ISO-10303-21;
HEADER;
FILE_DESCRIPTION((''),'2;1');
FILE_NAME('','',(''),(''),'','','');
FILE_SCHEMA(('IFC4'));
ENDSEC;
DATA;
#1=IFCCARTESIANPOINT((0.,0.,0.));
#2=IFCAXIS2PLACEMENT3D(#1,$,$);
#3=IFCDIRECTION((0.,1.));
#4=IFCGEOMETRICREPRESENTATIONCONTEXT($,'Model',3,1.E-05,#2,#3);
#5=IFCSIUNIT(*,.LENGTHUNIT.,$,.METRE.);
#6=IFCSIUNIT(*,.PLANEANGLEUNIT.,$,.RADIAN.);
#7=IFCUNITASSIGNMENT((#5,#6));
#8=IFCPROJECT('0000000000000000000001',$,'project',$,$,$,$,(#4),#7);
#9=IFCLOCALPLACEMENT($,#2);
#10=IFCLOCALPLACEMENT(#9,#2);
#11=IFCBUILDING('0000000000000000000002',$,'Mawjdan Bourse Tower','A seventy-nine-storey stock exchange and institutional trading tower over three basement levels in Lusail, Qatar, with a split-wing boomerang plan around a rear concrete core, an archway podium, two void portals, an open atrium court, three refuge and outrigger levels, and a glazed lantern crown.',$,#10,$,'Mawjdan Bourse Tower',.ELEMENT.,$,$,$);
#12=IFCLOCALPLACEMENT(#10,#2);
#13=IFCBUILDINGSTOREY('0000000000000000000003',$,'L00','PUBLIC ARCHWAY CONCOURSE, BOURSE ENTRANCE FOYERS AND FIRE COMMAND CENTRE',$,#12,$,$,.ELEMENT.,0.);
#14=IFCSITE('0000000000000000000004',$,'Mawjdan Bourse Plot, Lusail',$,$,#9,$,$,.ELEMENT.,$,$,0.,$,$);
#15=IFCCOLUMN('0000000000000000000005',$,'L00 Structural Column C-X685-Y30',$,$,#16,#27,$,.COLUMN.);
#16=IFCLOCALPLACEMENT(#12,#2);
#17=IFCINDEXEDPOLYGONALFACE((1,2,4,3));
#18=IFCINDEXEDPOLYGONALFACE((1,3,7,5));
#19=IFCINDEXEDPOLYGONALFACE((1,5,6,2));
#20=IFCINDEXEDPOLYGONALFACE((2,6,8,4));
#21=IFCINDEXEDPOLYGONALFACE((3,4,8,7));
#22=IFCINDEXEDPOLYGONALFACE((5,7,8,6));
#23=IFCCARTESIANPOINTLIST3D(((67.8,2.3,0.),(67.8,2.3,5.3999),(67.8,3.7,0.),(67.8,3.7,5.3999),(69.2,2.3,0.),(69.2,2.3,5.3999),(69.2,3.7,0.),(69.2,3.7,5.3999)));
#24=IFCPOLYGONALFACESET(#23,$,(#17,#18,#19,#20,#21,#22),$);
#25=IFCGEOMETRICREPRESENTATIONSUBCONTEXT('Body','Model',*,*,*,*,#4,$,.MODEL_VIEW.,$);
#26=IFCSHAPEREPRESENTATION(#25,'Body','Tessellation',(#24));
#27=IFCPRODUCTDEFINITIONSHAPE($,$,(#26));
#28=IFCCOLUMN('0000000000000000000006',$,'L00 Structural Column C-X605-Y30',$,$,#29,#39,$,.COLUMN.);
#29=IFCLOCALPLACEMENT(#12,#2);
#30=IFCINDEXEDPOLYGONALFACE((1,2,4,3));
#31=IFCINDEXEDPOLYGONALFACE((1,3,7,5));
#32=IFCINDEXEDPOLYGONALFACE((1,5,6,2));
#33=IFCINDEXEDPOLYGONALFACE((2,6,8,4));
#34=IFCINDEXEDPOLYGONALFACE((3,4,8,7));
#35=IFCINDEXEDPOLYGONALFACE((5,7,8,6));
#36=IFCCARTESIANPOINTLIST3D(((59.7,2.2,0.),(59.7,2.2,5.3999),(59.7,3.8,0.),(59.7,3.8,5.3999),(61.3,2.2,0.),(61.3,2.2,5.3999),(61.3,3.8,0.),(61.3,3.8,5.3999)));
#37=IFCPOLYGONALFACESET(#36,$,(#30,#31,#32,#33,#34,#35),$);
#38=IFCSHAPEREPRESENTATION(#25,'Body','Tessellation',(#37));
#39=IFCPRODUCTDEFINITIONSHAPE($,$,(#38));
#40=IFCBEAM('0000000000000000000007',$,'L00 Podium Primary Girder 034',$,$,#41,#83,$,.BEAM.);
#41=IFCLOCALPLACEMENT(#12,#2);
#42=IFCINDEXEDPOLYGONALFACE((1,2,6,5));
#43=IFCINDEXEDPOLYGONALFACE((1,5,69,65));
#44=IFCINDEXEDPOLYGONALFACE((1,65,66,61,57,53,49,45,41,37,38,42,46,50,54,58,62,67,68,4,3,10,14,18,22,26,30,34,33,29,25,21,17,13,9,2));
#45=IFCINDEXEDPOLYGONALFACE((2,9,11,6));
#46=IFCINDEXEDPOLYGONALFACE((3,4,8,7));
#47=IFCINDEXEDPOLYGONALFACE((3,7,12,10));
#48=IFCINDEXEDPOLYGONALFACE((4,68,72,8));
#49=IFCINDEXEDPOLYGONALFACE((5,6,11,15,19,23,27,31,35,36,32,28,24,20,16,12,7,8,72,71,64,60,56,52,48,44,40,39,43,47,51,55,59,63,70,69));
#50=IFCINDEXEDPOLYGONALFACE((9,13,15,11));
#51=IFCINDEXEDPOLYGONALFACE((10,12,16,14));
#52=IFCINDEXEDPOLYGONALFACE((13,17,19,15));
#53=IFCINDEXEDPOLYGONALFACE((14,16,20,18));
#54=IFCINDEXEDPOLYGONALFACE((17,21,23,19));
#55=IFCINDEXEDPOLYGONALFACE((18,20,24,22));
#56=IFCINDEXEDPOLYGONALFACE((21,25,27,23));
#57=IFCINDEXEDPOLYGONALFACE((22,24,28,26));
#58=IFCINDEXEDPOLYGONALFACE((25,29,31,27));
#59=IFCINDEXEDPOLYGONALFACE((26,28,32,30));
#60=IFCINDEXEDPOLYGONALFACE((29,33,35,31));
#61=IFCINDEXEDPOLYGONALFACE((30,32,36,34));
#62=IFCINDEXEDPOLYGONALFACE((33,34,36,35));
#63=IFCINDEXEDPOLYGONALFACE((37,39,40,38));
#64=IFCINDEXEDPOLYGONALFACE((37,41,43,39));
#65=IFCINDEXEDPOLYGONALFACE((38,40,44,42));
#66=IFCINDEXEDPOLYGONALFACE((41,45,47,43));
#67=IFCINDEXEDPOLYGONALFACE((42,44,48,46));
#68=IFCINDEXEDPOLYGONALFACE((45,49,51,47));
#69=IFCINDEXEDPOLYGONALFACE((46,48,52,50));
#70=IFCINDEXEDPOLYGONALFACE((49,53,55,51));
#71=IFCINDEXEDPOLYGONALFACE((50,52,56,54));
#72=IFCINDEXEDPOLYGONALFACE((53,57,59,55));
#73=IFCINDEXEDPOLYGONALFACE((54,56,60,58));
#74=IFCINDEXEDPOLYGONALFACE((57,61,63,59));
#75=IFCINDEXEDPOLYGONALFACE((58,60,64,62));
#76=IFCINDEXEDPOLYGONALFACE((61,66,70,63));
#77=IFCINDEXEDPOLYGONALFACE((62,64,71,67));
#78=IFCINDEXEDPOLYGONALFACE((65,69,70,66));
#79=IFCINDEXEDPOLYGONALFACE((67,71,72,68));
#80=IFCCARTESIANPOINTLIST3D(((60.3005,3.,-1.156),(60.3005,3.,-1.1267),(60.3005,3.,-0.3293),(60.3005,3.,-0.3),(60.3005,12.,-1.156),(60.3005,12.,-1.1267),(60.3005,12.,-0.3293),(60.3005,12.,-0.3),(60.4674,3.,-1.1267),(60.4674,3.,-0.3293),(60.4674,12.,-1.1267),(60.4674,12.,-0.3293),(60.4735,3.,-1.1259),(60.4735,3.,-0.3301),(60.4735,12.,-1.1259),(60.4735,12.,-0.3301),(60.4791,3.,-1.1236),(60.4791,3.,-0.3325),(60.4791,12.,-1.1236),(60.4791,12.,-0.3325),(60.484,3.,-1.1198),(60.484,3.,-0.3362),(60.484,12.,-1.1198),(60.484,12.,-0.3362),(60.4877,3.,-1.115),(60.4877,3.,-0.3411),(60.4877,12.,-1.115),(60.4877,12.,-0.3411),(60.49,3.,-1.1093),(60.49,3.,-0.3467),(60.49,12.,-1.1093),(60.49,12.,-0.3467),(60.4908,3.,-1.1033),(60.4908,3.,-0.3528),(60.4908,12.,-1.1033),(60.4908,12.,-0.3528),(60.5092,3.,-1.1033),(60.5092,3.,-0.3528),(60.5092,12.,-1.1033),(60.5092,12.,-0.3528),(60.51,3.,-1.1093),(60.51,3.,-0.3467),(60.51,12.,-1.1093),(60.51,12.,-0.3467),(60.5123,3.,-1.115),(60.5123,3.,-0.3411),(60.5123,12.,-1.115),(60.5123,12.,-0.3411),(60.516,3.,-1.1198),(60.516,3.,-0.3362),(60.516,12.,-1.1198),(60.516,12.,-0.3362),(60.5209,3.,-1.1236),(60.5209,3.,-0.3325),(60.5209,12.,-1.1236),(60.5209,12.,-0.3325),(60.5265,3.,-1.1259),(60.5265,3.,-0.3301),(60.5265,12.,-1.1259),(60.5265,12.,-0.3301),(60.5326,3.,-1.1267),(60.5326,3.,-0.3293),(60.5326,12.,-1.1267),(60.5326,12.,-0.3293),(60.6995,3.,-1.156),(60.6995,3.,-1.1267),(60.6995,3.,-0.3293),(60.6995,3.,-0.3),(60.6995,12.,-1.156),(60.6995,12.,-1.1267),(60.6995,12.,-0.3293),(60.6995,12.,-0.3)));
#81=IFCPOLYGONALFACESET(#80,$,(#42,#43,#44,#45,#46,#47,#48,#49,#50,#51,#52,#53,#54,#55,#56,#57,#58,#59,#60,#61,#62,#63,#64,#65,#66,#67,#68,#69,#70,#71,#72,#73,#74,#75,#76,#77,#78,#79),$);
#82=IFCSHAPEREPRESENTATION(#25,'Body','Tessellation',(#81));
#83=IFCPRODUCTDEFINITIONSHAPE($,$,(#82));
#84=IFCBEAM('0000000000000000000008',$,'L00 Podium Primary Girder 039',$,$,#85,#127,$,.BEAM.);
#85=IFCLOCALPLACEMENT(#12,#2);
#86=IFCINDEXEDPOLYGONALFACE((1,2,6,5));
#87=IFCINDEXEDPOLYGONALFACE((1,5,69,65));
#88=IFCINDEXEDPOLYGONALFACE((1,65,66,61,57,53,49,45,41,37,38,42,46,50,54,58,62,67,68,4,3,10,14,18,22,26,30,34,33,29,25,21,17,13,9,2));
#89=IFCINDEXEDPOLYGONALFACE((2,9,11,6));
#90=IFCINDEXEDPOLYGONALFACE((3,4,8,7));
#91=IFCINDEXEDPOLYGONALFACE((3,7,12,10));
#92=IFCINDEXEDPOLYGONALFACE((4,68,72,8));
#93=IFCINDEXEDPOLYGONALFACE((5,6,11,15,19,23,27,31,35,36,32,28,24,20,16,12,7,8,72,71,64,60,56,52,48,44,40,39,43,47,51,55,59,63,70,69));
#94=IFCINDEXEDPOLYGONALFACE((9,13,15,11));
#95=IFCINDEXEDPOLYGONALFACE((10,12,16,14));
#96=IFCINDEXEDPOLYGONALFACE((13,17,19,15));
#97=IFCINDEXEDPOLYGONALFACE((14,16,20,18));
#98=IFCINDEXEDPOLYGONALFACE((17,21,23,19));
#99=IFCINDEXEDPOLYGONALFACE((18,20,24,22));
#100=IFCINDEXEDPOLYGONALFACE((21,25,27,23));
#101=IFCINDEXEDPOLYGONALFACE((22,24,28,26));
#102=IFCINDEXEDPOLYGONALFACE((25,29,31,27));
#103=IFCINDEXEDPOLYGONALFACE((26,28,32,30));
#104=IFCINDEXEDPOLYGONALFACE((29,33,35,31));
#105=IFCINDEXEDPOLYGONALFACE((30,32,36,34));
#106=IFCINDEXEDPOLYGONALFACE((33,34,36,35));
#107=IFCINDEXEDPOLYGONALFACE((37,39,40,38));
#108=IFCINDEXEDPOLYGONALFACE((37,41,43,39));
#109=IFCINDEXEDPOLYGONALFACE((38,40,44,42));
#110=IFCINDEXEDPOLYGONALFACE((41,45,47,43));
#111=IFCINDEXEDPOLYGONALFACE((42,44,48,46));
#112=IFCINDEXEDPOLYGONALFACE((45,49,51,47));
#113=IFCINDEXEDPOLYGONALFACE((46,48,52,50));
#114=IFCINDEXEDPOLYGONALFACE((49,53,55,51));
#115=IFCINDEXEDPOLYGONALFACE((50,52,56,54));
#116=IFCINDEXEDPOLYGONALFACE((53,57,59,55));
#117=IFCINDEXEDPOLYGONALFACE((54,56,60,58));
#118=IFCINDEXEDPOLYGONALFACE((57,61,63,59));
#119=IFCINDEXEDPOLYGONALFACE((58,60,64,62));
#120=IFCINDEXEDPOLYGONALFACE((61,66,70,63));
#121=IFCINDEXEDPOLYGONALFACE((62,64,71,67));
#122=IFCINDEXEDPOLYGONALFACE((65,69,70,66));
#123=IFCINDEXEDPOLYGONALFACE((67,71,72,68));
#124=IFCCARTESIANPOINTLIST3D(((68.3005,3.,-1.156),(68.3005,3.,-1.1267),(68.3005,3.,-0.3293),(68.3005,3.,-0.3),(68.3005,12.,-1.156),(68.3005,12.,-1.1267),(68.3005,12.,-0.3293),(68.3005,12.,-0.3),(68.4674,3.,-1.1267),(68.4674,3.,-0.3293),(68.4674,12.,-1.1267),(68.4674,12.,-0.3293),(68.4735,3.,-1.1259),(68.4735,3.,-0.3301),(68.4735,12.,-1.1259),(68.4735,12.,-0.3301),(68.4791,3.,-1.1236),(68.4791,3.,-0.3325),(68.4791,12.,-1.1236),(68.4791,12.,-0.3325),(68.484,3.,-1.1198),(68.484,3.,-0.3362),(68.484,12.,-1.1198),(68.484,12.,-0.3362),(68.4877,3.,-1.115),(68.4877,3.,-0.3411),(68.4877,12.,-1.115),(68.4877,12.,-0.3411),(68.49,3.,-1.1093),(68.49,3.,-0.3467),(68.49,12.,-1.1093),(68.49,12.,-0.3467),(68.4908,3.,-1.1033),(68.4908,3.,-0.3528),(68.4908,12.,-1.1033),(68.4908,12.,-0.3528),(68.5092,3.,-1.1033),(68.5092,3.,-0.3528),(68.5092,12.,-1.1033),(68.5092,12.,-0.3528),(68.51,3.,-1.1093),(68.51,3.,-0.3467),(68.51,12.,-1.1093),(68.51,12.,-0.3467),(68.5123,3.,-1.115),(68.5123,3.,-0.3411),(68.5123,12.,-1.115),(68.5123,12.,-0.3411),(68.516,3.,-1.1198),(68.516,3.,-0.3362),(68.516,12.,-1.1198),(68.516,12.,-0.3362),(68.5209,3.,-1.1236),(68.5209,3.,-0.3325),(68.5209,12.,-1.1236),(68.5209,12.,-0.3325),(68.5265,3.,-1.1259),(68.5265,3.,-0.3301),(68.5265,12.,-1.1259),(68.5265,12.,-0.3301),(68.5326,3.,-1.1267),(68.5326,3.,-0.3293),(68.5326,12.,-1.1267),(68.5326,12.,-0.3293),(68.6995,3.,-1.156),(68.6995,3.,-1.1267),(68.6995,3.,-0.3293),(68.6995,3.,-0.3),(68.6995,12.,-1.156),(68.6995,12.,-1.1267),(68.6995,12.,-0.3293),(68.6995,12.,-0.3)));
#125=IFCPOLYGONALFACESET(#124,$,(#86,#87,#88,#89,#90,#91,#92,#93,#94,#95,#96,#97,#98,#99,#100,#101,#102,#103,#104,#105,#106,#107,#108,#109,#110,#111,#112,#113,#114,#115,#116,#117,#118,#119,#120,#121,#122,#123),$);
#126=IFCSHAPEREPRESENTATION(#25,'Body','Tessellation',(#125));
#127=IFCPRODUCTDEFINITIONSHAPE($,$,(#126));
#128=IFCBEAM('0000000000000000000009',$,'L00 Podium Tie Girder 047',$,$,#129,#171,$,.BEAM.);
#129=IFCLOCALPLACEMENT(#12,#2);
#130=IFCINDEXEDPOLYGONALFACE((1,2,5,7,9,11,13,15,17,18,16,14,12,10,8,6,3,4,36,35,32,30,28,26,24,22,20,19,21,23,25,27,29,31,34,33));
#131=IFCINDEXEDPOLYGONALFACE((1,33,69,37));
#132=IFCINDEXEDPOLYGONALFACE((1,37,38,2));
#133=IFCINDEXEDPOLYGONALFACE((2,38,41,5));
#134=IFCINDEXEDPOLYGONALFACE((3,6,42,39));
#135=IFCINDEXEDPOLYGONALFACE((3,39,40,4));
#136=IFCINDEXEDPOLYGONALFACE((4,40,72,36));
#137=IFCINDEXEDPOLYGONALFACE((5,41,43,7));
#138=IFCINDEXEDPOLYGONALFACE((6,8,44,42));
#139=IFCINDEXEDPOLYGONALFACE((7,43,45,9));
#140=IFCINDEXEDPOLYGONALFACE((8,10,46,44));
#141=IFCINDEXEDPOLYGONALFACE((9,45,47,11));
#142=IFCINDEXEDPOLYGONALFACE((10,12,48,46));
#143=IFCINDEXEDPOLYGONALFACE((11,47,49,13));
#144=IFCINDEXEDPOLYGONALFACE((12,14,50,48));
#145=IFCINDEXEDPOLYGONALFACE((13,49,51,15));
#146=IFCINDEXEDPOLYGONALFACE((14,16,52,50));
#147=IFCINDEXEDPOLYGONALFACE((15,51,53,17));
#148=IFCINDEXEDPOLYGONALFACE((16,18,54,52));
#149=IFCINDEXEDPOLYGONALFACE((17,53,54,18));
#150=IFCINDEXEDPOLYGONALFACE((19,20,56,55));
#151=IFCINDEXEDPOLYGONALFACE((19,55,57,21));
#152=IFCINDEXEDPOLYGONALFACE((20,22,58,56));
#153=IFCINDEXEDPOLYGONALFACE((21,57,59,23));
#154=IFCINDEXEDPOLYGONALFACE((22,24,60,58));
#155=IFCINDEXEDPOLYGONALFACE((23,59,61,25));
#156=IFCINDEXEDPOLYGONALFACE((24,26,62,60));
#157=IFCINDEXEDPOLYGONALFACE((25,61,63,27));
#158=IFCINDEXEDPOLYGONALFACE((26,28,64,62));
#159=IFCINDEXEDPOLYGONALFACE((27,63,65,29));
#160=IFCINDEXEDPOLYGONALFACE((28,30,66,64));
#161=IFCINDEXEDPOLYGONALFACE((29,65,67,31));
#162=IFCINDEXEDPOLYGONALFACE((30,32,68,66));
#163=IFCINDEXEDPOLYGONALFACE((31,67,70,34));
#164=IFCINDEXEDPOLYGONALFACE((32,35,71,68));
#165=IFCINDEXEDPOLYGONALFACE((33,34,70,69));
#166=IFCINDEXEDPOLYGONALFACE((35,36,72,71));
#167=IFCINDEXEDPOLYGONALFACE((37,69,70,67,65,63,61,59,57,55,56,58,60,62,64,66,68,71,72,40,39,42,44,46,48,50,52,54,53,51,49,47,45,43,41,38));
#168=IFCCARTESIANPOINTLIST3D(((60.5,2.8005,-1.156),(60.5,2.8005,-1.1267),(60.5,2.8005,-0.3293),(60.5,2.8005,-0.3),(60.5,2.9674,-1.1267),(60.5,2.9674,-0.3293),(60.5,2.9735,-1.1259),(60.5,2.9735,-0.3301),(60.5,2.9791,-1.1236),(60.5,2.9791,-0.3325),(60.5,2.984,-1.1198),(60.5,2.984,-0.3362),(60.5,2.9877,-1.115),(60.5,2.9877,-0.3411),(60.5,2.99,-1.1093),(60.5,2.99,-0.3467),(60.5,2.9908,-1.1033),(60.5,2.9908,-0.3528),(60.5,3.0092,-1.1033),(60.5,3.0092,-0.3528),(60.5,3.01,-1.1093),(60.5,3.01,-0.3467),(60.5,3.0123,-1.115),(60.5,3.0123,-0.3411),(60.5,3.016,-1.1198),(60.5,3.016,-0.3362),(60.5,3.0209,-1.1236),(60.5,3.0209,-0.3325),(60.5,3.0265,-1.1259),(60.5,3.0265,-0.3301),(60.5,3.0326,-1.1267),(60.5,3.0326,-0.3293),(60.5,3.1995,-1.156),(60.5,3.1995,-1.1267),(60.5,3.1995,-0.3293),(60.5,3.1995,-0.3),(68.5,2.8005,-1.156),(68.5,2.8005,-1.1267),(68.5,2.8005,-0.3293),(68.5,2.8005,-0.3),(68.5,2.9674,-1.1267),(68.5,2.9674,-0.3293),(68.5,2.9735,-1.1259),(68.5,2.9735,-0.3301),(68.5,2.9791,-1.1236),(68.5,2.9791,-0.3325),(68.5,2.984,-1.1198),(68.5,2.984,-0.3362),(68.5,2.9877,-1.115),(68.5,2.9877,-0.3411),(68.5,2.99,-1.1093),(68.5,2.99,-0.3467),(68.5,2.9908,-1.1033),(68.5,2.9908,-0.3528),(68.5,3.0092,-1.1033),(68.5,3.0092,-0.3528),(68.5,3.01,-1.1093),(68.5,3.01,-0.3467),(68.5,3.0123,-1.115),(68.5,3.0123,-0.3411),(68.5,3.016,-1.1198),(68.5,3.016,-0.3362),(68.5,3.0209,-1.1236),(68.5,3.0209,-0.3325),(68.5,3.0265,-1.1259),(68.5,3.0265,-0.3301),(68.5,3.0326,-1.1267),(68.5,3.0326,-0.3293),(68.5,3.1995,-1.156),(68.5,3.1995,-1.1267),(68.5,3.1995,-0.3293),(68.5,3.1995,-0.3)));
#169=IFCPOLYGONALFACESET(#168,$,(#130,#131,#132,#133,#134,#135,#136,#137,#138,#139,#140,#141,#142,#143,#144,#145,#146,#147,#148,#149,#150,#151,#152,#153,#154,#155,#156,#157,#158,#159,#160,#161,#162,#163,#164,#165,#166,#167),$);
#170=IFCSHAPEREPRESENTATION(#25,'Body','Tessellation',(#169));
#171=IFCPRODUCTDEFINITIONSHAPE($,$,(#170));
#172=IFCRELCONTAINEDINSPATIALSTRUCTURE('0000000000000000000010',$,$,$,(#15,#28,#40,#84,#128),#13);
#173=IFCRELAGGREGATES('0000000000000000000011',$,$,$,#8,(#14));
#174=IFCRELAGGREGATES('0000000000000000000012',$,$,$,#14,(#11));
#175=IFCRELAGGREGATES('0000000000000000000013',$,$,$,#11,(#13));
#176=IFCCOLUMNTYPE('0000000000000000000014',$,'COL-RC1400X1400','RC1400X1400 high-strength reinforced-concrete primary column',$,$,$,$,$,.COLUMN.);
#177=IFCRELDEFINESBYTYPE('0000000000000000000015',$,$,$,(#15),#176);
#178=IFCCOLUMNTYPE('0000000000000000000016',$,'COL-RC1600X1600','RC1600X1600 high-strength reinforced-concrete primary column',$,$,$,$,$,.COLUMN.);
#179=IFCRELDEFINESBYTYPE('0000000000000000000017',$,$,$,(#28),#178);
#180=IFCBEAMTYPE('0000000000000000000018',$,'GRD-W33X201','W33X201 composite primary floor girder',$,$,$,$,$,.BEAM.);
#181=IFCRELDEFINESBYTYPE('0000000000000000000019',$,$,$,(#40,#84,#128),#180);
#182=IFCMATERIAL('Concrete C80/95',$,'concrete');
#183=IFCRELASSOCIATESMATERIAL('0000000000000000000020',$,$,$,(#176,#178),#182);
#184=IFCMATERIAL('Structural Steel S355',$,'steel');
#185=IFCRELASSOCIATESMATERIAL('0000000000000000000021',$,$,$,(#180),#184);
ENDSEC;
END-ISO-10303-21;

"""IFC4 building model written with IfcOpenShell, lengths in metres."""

from ifc_helpers import new_model, si_unit, direction, frame, origin, origin_2d, place, context, subcontext, project, spatial, rectangle, i_section, extrude, material, material_profile, profile_set, type_object, element, save


model = new_model("IFC4")

# Units and contexts
model_context = context("Model", 3, precision=1e-05, world=origin(), true_north=direction((0.0, 1.0)))
body_context = subcontext(model_context, "Body", "Model", "MODEL_VIEW")
ifc_project = project(units=[si_unit("LENGTHUNIT", "METRE"), si_unit("PLANEANGLEUNIT", "RADIAN")], contexts=[model_context])

# Site, building, storey
site_placement = place(None, origin())
site = spatial("IfcSite", under=ifc_project, at=site_placement, Name="Mawjdan Bourse Plot, Lusail", CompositionType="ELEMENT", RefElevation=0.0)
building_placement = place(site_placement, origin())
building = spatial("IfcBuilding", under=site, at=building_placement, Name="Mawjdan Bourse Tower", Description="A seventy-nine-storey stock exchange and institutional trading tower over three basement levels in Lusail, Qatar, with a split-wing boomerang plan around a rear concrete core, an archway podium, two void portals, an open atrium court, three refuge and outrigger levels, and a glazed lantern crown.", LongName="Mawjdan Bourse Tower", CompositionType="ELEMENT")
storey_placement = place(building_placement, origin())
storey = spatial("IfcBuildingStorey", under=building, at=storey_placement, Name="L00", Description="PUBLIC ARCHWAY CONCOURSE, BOURSE ENTRANCE FOYERS AND FIRE COMMAND CENTRE", CompositionType="ELEMENT", Elevation=0.0)

# Columns
ifc_material_1 = material(Name="Concrete C80/95", Category="concrete")
ifc_material_profile_1 = material_profile(ifc_material_1, rectangle(XDim=1.3999, YDim=1.3999, at=origin_2d()), Name="RC1400X1400")
ifc_profile_set_1 = profile_set([ifc_material_profile_1], Name="Concrete C80/95")
column_type_1 = type_object("IfcColumnType", Name="COL-RC1400X1400", Description="RC1400X1400 high-strength reinforced-concrete primary column", PredefinedType="COLUMN", material=ifc_profile_set_1)
column_1_placement = place(storey_placement, frame((68.5, 3.0, 0.0), z_axis=(0.0, 0.0, 1.0), x_axis=(1.0, 0.0, 0.0)))
element("IfcColumn", 1, at=column_1_placement, inside=storey, type_object=column_type_1, Name="L00 Structural Column C-X685-Y30", PredefinedType="COLUMN", context=body_context, shape_type="SweptSolid", body=[
    extrude(rectangle(XDim=1.3999, YDim=1.3999, at=origin_2d()), origin(), (0.0, 0.0, 1.0), 5.3999),
])
ifc_material_profile_2 = material_profile(ifc_material_1, rectangle(XDim=1.6001, YDim=1.6001, at=origin_2d()), Name="RC1600X1600")
ifc_profile_set_2 = profile_set([ifc_material_profile_2], Name="Concrete C80/95")
column_type_2 = type_object("IfcColumnType", Name="COL-RC1600X1600", Description="RC1600X1600 high-strength reinforced-concrete primary column", PredefinedType="COLUMN", material=ifc_profile_set_2)
column_2_placement = place(storey_placement, frame((60.5, 3.0, 0.0), z_axis=(0.0, 0.0, 1.0), x_axis=(1.0, 0.0, 0.0)))
element("IfcColumn", 2, at=column_2_placement, inside=storey, type_object=column_type_2, Name="L00 Structural Column C-X605-Y30", PredefinedType="COLUMN", context=body_context, shape_type="SweptSolid", body=[
    extrude(rectangle(XDim=1.6001, YDim=1.6001, at=origin_2d()), origin(), (0.0, 0.0, 1.0), 5.3999),
])

# Beams
ifc_material_2 = material(Name="Structural Steel S355", Category="steel")
ifc_material_profile_3 = material_profile(ifc_material_2, i_section(OverallWidth=0.3989, OverallDepth=0.856, WebThickness=0.0183, FlangeThickness=0.0293, FilletRadius=0.0234, at=origin_2d()), Name="W33X201")
ifc_profile_set_3 = profile_set([ifc_material_profile_3], Name="Structural Steel S355")
beam_type_1 = type_object("IfcBeamType", Name="GRD-W33X201", Description="W33X201 composite primary floor girder", PredefinedType="BEAM", material=ifc_profile_set_3)
for number, where, z_axis, x_axis, name in (
    (3, (60.5, 3.0, -0.728), (0.0, 1.0, 0.0), (-1.0, 0.0, 0.0), "L00 Podium Primary Girder 034"),
    (4, (68.5, 3.0, -0.728), (0.0, 1.0, 0.0), (-1.0, 0.0, 0.0), "L00 Podium Primary Girder 039"),
):
    element("IfcBeam", number, at=place(storey_placement, frame(where, z_axis=z_axis, x_axis=x_axis)), inside=storey, type_object=beam_type_1, Name=name, PredefinedType="BEAM", context=body_context, shape_type="SweptSolid", body=[
        extrude(i_section(OverallWidth=0.3989, OverallDepth=0.856, WebThickness=0.0183, FlangeThickness=0.0293, FilletRadius=0.0234, at=origin_2d()), origin(), (0.0, 0.0, 1.0), 9.0),
    ])
beam_placement = place(storey_placement, frame((60.5, 3.0, -0.728), z_axis=(1.0, 0.0, 0.0), x_axis=(0.0, 1.0, 0.0)))
element("IfcBeam", 5, at=beam_placement, inside=storey, type_object=beam_type_1, Name="L00 Podium Tie Girder 047", PredefinedType="BEAM", context=body_context, shape_type="SweptSolid", body=[
    extrude(i_section(OverallWidth=0.3989, OverallDepth=0.856, WebThickness=0.0183, FlangeThickness=0.0293, FilletRadius=0.0234, at=origin_2d()), origin(), (0.0, 0.0, 1.0), 8.0),
])

save(model, "model.ifc")
